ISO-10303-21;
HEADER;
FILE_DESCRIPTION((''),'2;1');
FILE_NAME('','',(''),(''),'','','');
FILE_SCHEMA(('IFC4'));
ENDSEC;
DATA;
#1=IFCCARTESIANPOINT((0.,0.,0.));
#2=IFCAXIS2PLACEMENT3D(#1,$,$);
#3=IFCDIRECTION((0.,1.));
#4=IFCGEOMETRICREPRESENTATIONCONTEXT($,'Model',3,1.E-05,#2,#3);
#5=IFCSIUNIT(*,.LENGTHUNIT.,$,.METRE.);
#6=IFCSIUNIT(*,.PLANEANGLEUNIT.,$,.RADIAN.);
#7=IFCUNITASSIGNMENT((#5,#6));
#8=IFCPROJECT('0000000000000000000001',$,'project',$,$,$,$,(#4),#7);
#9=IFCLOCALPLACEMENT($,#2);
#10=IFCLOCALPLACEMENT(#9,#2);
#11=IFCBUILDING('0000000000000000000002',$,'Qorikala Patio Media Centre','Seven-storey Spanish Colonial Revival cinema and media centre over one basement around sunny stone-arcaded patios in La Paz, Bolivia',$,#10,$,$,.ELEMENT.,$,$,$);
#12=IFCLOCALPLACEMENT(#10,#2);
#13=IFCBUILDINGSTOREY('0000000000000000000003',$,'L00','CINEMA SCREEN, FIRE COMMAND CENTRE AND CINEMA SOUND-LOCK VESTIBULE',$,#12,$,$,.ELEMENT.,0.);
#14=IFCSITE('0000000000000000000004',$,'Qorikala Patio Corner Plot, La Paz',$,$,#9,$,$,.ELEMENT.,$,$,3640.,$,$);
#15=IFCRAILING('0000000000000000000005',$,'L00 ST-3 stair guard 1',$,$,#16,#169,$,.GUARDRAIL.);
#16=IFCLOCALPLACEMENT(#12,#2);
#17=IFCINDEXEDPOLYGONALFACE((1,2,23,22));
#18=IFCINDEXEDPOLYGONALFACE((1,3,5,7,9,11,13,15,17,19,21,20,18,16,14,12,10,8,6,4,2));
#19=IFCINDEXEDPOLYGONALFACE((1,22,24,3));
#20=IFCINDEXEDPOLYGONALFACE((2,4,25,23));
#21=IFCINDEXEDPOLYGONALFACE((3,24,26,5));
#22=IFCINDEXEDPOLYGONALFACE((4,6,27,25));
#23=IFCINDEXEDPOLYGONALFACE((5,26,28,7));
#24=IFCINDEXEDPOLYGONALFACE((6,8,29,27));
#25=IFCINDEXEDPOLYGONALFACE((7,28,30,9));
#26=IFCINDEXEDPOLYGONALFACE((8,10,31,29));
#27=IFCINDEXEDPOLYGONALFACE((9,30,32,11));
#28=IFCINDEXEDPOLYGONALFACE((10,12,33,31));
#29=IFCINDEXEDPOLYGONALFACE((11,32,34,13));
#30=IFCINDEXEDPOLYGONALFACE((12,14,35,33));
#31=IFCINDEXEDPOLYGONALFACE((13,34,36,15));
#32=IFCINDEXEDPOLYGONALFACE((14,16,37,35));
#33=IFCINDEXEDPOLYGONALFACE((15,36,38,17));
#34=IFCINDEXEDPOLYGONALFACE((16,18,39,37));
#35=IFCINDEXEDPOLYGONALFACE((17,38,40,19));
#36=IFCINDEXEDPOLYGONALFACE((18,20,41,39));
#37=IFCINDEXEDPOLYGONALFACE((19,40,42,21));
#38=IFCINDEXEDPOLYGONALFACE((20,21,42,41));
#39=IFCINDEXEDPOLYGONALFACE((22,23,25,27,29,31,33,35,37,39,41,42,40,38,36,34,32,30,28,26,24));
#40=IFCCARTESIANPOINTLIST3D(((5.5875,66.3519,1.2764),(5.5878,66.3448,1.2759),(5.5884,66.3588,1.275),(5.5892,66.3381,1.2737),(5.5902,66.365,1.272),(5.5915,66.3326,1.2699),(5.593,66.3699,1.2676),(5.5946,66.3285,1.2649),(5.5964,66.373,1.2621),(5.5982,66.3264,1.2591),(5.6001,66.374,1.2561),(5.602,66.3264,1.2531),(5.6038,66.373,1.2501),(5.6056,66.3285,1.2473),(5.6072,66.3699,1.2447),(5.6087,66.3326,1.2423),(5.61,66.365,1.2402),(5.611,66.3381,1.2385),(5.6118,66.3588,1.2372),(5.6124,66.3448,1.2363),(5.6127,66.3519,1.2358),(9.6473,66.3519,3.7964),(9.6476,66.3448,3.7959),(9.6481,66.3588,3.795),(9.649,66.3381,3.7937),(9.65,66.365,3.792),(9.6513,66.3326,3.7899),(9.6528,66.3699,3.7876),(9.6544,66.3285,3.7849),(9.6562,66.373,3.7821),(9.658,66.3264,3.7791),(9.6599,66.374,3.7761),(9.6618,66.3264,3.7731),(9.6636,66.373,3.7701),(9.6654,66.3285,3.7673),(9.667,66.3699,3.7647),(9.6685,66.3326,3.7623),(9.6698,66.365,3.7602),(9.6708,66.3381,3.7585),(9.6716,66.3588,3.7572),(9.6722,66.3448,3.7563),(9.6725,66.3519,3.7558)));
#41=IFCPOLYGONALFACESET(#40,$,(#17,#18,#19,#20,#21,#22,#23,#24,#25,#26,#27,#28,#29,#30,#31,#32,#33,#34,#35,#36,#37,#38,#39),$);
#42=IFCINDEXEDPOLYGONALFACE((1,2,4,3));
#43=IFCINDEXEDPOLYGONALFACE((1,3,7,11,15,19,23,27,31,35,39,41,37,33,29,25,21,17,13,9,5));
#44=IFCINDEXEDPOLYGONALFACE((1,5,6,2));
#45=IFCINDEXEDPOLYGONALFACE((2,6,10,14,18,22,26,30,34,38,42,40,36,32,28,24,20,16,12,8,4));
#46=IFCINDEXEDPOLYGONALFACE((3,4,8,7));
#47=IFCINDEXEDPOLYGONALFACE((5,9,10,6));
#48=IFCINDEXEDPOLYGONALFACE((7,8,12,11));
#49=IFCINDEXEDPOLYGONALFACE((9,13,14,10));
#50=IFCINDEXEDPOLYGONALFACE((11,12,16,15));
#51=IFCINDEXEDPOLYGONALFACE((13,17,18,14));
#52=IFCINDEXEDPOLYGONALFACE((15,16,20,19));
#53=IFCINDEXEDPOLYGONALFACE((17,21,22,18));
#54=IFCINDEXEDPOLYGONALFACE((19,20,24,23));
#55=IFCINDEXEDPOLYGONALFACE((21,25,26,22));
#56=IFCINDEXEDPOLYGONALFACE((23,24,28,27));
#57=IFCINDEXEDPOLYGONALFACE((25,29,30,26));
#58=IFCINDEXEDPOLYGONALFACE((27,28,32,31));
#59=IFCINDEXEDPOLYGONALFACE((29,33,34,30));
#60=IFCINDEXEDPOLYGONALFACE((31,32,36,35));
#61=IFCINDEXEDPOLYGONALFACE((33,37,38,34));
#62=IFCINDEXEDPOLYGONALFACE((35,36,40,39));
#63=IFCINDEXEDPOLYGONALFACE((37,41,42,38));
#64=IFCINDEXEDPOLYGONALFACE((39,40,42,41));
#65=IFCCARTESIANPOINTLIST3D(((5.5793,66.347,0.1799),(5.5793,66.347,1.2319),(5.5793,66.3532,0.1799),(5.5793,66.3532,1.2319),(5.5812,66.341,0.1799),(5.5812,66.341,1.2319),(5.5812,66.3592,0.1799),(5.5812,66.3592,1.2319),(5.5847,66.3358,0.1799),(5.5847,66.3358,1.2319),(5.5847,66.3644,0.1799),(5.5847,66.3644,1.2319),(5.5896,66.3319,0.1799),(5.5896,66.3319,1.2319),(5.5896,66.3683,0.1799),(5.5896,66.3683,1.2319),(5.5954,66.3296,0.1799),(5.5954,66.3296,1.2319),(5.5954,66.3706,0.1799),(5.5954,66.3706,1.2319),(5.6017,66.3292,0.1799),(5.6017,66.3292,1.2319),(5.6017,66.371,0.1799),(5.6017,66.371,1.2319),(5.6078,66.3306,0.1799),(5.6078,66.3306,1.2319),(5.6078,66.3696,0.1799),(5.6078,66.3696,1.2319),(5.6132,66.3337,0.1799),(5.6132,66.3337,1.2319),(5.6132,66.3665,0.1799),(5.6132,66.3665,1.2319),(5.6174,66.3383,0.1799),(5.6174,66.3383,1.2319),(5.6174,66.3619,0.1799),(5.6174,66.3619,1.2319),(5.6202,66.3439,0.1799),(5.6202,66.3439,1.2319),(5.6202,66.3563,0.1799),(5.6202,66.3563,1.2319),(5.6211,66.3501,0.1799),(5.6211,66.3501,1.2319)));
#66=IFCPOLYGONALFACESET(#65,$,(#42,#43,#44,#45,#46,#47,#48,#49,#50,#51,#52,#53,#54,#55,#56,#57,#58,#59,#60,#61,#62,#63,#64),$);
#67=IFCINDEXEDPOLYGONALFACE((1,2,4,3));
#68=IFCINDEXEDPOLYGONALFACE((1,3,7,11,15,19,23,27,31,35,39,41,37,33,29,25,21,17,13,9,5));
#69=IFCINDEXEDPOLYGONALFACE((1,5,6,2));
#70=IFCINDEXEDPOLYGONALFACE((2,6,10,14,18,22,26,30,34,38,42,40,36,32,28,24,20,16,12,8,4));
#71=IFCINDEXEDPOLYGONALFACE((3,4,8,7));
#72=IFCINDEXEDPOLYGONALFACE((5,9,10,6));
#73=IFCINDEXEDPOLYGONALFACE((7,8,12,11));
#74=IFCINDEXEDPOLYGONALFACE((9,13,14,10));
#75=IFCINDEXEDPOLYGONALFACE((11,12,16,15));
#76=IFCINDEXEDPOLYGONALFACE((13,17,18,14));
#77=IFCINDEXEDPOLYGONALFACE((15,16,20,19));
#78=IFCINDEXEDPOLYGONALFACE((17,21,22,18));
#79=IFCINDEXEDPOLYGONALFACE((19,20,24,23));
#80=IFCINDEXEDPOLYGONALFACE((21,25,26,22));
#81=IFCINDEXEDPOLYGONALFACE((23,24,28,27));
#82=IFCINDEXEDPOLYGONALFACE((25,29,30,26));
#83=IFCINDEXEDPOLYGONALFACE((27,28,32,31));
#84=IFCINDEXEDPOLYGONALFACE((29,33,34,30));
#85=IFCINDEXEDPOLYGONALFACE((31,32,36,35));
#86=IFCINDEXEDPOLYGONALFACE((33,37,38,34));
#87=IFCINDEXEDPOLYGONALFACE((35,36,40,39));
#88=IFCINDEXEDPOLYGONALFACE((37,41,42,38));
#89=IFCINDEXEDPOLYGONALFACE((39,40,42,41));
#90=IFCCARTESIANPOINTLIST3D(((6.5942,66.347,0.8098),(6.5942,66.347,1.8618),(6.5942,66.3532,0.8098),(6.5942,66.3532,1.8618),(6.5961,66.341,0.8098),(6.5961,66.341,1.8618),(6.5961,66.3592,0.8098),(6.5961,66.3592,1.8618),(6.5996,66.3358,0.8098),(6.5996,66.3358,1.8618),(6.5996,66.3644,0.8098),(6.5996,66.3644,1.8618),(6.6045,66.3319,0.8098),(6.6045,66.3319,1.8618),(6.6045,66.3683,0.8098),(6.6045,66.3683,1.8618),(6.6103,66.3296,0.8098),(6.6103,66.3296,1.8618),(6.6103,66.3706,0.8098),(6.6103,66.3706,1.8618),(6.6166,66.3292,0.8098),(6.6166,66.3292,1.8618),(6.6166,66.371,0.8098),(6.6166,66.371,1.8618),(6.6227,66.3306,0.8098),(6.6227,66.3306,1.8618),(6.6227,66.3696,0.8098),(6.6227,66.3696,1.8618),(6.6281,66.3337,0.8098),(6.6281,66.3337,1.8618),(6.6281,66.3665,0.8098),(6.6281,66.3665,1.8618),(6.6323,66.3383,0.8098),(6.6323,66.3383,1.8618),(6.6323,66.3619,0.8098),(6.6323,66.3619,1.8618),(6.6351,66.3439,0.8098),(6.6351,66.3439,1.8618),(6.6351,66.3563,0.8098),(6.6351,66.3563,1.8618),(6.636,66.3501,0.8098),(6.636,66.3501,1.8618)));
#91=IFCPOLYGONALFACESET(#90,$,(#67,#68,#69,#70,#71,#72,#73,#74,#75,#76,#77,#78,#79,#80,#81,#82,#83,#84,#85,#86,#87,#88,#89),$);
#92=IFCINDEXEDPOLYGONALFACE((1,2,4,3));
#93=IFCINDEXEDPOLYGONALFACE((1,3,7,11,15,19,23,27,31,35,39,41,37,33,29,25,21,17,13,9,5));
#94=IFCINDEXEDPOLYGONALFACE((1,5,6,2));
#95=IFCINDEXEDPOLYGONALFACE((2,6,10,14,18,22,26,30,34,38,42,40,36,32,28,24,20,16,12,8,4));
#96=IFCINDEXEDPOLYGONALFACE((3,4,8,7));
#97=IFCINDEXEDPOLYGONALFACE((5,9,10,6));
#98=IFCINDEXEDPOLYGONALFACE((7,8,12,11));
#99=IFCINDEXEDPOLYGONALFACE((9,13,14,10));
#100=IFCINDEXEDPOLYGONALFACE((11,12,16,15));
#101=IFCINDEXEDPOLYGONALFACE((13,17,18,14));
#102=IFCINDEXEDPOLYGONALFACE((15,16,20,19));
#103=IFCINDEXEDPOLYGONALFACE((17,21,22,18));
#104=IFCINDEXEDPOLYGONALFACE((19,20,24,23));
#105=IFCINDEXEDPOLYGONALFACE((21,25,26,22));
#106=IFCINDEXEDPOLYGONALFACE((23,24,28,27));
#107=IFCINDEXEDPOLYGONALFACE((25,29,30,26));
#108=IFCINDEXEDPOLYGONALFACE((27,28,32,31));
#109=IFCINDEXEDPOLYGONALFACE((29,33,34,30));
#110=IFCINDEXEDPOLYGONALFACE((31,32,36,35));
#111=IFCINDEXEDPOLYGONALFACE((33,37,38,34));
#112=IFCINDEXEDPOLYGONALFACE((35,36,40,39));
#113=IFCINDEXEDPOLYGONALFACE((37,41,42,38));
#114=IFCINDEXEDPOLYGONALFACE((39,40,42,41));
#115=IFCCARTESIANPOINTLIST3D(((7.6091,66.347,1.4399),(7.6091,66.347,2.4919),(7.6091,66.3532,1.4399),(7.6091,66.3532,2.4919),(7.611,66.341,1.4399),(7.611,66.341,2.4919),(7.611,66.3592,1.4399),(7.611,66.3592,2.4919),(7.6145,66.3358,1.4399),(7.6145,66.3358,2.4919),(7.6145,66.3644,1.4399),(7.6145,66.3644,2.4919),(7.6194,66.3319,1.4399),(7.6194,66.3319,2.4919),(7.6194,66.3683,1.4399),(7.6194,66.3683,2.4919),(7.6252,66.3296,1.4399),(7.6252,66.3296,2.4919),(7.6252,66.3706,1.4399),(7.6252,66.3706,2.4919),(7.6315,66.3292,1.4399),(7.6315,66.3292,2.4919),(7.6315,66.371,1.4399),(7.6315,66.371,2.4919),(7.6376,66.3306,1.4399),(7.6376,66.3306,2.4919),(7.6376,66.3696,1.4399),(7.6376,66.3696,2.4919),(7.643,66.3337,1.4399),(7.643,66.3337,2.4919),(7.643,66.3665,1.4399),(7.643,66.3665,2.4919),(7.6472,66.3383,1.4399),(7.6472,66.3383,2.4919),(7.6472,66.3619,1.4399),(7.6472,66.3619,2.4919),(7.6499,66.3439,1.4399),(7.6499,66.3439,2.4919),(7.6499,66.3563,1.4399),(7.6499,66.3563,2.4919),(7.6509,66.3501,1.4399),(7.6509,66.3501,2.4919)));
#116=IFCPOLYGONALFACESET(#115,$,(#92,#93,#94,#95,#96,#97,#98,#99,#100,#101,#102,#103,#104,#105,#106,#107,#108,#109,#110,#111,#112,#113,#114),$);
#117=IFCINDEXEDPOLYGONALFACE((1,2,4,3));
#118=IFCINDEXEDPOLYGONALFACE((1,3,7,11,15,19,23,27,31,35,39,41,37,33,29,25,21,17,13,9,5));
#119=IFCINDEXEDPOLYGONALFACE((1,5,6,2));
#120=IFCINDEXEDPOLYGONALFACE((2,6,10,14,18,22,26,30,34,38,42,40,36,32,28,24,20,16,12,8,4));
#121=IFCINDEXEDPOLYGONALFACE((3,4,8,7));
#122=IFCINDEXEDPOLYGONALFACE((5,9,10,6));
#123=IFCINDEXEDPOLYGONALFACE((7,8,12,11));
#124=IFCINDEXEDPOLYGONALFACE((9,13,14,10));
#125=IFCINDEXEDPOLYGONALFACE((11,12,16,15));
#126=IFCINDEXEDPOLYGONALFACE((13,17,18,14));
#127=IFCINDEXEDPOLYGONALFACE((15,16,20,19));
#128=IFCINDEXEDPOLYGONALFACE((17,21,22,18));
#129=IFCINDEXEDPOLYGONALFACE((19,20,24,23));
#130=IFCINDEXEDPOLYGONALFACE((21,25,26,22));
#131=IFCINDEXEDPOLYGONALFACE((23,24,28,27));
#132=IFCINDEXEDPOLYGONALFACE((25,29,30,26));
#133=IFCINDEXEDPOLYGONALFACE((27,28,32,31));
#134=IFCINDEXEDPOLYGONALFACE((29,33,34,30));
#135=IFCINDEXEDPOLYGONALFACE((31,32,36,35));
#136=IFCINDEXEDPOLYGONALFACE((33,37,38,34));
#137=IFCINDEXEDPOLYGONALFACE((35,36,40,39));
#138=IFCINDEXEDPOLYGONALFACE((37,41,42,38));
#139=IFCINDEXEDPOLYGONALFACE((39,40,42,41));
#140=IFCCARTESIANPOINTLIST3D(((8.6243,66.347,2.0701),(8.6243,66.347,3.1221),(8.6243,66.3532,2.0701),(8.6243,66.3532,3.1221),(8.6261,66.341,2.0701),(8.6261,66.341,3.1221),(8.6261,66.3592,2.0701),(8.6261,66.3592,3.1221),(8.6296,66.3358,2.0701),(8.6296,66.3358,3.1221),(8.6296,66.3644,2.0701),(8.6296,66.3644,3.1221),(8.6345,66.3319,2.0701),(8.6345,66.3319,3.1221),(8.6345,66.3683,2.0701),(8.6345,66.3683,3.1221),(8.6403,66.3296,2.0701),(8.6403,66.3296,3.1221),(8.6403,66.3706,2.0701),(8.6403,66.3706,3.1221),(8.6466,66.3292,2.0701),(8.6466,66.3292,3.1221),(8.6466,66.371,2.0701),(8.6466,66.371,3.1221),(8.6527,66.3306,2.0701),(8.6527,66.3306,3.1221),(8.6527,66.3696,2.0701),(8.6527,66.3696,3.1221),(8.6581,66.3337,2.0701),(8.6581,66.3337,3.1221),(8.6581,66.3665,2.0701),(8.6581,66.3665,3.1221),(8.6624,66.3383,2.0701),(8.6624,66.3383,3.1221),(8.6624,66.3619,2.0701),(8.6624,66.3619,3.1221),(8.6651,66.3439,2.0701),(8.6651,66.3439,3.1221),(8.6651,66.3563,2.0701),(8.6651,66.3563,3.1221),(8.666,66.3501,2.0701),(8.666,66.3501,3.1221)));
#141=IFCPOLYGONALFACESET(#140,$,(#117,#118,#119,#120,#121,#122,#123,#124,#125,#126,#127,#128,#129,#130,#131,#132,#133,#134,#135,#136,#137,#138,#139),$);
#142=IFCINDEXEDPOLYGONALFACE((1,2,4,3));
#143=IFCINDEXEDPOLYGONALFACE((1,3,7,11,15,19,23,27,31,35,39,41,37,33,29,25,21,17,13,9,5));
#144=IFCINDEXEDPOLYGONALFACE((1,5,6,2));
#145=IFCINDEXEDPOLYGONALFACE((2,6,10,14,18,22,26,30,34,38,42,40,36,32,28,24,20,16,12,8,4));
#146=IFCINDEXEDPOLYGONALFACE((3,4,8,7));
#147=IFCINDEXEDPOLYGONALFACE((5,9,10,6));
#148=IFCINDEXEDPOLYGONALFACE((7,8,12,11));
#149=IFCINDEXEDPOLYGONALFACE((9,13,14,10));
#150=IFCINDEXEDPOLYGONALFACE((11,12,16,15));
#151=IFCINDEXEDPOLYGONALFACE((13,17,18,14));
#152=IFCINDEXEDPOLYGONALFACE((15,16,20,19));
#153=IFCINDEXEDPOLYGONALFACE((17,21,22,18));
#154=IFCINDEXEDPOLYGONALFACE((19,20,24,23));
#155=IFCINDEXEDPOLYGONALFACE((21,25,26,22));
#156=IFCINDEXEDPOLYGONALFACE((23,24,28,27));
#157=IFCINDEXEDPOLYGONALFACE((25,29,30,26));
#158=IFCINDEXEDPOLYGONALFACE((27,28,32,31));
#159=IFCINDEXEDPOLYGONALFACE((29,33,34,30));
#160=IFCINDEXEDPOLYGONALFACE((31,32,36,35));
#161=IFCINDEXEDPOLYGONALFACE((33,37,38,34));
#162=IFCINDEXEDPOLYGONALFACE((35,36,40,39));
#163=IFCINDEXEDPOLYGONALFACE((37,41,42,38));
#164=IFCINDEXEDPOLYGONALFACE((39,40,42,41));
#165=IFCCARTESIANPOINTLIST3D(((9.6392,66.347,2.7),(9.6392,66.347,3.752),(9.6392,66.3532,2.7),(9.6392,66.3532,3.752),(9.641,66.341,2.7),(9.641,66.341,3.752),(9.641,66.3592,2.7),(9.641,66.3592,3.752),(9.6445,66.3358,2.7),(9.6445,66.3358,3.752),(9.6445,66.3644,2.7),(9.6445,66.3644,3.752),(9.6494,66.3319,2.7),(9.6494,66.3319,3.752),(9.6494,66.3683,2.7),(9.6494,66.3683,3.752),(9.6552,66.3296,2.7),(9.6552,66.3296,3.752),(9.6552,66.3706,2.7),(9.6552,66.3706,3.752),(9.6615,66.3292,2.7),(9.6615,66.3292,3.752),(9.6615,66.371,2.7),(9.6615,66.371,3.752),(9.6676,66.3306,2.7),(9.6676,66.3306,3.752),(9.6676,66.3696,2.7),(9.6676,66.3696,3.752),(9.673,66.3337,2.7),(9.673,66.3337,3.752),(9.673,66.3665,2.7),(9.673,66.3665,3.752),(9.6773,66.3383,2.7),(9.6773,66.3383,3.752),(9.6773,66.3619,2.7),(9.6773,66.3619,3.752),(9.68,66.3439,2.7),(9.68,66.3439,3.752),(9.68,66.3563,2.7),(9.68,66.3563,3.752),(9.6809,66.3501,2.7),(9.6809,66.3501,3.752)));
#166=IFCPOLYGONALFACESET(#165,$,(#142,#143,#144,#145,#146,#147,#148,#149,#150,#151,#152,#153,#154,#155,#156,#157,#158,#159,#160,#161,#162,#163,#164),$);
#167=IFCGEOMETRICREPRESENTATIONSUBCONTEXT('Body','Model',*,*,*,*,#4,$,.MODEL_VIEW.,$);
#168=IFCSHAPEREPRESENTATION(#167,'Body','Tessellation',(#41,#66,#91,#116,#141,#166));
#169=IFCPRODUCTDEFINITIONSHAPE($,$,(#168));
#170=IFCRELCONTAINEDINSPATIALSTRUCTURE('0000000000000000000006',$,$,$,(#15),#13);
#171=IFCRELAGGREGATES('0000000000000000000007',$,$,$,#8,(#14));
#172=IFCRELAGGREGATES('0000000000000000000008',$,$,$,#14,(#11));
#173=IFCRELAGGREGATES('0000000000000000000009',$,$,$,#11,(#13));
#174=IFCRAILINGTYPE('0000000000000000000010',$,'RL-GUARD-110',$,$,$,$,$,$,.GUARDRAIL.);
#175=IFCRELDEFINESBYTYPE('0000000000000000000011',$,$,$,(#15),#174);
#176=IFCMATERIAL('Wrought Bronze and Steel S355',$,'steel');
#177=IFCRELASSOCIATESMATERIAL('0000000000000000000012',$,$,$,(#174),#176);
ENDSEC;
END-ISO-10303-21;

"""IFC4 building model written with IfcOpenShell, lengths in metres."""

from ifc_helpers import new_model, si_unit, direction, frame, origin, origin_2d, place, context, subcontext, project, spatial, circle, extrude, material, type_object, element, save


model = new_model("IFC4")

# Units and contexts
model_context = context("Model", 3, precision=1e-05, world=origin(), true_north=direction((0.0, 1.0)))
body_context = subcontext(model_context, "Body", "Model", "MODEL_VIEW")
ifc_project = project(units=[si_unit("LENGTHUNIT", "METRE"), si_unit("PLANEANGLEUNIT", "RADIAN")], contexts=[model_context])

# Site, building, storey
site_placement = place(None, origin())
site = spatial("IfcSite", under=ifc_project, at=site_placement, Name="Qorikala Patio Corner Plot, La Paz", CompositionType="ELEMENT", RefElevation=3640.0)
building_placement = place(site_placement, origin())
building = spatial("IfcBuilding", under=site, at=building_placement, Name="Qorikala Patio Media Centre", Description="Seven-storey Spanish Colonial Revival cinema and media centre over one basement around sunny stone-arcaded patios in La Paz, Bolivia", CompositionType="ELEMENT")
storey_placement = place(building_placement, origin())
storey = spatial("IfcBuildingStorey", under=building, at=storey_placement, Name="L00", Description="CINEMA SCREEN, FIRE COMMAND CENTRE AND CINEMA SOUND-LOCK VESTIBULE", CompositionType="ELEMENT", Elevation=0.0)

# Railing
ifc_material_1 = material(Name="Wrought Bronze and Steel S355", Category="steel")
railing_type_1 = type_object("IfcRailingType", Name="RL-GUARD-110", PredefinedType="GUARDRAIL", material=ifc_material_1)
railing_1_placement = place(storey_placement, frame((5.6001, 66.3501, 0.1799)))
element("IfcRailing", 1, at=railing_1_placement, inside=storey, type_object=railing_type_1, Name="L00 ST-3 stair guard 1", PredefinedType="GUARDRAIL", context=body_context, shape_type="SweptSolid", body=[
    extrude(circle(Radius=0.0239, at=origin_2d()), frame((0.0, 0.0, 1.0762), z_axis=(0.849628, 0.0, 0.527383), x_axis=(0.0, 1.0, 0.0)), (0.0, 0.0, 1.0), 4.7783),
    extrude(circle(Radius=0.021, at=origin_2d()), origin(), (0.0, 0.0, 1.0), 1.052),
    extrude(circle(Radius=0.021, at=origin_2d()), frame((1.0149, 0.0, 0.6299)), (0.0, 0.0, 1.0), 1.052),
    extrude(circle(Radius=0.021, at=origin_2d()), frame((2.0298, 0.0, 1.26)), (0.0, 0.0, 1.0), 1.052),
    extrude(circle(Radius=0.021, at=origin_2d()), frame((3.0449, 0.0, 1.8901)), (0.0, 0.0, 1.0), 1.052),
    extrude(circle(Radius=0.021, at=origin_2d()), frame((4.0598, 0.0, 2.52)), (0.0, 0.0, 1.0), 1.052),
])

save(model, "model.ifc")
